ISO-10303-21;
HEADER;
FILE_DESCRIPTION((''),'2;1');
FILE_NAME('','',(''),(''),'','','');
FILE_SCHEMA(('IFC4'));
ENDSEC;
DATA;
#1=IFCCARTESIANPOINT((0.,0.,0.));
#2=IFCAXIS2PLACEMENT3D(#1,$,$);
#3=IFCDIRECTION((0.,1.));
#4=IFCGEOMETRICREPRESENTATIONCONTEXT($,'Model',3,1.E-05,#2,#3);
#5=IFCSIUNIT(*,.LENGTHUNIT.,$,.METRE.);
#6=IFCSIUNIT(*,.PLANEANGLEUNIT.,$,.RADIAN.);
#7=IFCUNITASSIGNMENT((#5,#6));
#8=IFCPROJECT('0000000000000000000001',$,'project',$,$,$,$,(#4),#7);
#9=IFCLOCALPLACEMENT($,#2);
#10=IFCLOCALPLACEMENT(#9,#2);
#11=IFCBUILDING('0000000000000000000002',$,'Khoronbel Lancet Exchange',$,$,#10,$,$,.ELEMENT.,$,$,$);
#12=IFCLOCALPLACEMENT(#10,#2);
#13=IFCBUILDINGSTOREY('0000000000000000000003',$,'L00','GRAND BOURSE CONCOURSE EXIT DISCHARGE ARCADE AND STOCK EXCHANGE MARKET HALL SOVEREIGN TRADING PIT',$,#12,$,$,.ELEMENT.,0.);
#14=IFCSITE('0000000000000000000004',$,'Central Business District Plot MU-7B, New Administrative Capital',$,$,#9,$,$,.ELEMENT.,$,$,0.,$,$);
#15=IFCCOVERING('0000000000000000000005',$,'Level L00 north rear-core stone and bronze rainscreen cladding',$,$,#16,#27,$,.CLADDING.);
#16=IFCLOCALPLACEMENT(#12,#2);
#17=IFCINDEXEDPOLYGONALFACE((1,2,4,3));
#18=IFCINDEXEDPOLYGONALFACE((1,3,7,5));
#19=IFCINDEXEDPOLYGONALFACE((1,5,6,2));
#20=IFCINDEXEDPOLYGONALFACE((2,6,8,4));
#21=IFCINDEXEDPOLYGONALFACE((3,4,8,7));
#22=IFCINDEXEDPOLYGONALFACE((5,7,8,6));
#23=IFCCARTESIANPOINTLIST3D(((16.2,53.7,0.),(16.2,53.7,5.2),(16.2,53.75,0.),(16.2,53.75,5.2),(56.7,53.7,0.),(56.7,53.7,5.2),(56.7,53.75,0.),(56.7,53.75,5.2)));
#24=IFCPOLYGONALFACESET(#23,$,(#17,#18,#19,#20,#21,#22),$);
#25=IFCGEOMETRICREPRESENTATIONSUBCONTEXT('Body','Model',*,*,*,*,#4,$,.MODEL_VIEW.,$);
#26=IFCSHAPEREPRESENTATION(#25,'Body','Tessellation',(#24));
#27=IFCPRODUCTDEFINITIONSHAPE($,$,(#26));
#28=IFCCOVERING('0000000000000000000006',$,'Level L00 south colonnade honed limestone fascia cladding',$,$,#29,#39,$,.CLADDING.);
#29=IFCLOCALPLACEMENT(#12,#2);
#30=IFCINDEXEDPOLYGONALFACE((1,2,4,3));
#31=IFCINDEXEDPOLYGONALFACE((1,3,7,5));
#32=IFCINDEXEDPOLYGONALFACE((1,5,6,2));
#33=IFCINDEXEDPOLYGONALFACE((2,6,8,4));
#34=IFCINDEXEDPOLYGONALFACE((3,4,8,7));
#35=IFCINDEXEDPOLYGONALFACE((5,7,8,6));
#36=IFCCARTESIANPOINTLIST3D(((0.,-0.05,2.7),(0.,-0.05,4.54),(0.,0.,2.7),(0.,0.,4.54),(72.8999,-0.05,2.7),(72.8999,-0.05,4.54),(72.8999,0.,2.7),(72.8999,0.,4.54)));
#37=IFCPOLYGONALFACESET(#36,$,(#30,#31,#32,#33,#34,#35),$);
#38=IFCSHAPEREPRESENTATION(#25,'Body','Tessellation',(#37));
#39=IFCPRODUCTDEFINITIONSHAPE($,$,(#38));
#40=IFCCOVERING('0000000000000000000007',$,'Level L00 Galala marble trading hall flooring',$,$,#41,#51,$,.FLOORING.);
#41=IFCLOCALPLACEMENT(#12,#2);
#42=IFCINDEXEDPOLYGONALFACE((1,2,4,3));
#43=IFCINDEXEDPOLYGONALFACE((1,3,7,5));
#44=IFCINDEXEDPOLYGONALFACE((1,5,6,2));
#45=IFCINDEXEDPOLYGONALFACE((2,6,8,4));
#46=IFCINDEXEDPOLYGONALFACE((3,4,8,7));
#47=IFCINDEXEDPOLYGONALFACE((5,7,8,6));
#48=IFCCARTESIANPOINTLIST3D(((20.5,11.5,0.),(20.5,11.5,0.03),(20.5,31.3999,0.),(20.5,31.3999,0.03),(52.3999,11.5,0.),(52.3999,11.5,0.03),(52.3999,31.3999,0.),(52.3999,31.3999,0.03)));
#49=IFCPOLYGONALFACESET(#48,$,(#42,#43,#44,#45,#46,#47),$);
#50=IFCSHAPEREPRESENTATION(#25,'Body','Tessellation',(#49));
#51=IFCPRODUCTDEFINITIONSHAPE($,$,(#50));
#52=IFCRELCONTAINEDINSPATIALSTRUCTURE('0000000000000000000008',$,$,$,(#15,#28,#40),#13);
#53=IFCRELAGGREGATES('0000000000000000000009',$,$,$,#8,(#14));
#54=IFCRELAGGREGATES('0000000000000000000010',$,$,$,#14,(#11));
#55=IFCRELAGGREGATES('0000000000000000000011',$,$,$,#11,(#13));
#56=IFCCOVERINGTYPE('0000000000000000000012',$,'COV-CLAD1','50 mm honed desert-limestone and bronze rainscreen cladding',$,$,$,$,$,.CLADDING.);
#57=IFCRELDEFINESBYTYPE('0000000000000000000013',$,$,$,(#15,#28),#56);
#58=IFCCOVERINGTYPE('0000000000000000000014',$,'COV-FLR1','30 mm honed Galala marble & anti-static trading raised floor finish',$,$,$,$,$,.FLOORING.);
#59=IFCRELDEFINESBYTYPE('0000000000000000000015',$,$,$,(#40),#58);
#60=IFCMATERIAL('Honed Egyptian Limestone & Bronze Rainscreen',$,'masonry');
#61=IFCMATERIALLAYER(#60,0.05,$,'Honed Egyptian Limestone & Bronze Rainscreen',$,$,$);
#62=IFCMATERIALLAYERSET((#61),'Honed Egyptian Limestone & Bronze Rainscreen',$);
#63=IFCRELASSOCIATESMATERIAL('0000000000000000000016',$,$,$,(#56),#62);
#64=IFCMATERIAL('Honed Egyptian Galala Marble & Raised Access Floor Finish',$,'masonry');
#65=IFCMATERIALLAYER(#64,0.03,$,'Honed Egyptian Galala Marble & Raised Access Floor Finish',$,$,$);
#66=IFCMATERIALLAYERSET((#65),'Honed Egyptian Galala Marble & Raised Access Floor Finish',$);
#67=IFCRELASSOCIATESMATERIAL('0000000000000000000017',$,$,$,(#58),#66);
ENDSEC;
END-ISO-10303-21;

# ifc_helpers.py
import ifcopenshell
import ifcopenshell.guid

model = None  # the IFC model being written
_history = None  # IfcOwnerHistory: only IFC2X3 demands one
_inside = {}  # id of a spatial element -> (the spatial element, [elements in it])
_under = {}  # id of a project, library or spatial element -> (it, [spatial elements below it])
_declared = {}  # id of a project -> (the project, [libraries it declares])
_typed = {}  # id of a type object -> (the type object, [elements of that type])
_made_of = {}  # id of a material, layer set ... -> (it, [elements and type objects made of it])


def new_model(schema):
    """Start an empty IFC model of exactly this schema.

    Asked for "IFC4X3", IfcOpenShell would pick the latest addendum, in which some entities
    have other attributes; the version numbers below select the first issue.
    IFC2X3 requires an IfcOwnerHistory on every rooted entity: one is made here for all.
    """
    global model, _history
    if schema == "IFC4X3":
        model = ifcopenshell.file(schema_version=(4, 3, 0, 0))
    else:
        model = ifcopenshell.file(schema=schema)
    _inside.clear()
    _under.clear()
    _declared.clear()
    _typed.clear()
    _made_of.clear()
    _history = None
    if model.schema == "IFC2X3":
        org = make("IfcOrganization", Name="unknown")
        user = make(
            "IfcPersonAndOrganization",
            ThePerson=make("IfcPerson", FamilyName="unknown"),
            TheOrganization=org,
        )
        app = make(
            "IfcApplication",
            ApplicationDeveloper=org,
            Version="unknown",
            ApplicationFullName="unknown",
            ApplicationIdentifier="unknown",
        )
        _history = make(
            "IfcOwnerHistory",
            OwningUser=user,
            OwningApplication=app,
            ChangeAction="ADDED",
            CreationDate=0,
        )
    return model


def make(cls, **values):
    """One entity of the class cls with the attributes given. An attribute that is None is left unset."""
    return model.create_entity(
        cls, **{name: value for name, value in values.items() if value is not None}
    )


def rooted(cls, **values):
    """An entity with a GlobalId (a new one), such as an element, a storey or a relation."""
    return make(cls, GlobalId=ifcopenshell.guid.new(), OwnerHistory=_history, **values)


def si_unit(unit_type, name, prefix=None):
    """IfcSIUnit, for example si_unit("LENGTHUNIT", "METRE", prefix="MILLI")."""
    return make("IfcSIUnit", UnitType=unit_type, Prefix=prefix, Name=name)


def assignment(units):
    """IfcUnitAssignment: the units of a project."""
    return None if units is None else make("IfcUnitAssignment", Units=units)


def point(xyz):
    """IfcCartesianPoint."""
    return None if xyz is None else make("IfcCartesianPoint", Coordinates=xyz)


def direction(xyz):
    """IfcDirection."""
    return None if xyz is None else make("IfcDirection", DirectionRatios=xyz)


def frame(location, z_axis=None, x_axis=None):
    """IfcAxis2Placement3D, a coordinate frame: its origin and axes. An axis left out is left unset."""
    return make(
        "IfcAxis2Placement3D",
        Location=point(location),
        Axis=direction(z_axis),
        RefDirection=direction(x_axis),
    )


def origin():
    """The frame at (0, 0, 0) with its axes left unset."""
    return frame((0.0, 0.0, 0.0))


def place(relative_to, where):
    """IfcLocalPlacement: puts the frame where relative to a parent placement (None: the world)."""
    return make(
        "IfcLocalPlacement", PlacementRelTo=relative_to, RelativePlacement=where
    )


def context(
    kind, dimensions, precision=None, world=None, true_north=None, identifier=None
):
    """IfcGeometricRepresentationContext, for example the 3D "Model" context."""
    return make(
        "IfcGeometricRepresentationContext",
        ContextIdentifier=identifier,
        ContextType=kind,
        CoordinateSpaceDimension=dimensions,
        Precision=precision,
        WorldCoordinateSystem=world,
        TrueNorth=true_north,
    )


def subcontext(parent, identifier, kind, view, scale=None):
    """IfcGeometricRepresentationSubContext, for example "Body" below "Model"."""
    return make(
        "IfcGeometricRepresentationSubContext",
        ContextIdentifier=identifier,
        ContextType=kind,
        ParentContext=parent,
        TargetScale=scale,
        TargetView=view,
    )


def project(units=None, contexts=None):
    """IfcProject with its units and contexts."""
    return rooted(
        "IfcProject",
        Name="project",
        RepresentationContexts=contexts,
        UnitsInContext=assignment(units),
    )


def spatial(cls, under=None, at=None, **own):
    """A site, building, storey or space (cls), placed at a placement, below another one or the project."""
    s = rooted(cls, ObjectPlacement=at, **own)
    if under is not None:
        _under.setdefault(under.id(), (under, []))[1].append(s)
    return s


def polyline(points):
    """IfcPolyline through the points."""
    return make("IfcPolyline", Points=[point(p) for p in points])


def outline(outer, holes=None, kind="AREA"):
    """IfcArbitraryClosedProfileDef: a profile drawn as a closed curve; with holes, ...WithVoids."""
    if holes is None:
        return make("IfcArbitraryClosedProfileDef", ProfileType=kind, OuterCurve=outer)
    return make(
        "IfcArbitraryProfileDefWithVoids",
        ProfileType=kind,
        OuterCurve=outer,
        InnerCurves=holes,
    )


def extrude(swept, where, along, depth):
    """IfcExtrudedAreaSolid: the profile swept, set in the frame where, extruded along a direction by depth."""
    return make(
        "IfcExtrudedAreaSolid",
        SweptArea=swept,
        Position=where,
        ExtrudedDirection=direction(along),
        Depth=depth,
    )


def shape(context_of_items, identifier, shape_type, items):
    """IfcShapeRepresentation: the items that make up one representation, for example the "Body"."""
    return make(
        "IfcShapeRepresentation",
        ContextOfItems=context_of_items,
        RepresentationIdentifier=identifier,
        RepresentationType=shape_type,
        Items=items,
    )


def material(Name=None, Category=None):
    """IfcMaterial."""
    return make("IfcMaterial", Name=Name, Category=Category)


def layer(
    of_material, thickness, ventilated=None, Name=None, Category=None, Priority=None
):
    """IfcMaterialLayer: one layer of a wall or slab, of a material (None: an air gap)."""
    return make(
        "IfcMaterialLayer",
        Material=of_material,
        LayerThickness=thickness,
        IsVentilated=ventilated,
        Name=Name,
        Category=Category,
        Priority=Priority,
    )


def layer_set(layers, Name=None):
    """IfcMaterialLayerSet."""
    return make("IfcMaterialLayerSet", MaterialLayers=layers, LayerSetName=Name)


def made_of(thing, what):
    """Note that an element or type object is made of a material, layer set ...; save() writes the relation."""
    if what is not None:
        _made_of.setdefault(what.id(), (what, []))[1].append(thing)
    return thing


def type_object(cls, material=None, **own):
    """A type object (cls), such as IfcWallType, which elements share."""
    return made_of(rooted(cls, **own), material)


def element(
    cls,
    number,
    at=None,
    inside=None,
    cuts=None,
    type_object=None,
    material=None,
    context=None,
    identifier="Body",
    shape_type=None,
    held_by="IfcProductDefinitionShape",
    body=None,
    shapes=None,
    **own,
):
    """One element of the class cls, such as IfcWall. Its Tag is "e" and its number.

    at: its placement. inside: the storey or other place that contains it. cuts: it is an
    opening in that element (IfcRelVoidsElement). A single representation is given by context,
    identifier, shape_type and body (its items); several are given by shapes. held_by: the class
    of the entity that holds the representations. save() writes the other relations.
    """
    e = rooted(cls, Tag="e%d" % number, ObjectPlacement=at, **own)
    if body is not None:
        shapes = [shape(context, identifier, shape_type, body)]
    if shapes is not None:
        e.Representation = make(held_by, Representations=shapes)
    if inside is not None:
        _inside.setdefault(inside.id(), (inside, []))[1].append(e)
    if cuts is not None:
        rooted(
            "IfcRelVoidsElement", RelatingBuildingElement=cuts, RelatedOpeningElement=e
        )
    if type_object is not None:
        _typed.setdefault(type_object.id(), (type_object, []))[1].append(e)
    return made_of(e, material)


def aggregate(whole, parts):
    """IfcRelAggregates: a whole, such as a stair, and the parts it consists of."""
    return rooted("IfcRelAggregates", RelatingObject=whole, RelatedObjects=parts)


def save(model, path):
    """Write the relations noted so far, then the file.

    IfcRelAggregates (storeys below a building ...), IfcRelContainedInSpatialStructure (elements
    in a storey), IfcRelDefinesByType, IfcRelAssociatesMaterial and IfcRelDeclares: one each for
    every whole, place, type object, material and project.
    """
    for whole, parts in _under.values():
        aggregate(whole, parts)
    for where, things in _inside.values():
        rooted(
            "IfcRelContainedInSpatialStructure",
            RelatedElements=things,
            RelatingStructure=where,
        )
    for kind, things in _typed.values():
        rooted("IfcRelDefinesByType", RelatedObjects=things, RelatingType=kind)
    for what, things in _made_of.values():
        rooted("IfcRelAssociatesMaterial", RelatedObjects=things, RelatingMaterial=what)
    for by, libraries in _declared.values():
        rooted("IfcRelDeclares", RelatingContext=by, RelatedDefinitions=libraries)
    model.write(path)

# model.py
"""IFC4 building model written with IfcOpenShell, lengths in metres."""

from ifc_helpers import new_model, si_unit, direction, frame, origin, place, context, subcontext, project, spatial, polyline, outline, extrude, material, layer, layer_set, type_object, element, save


model = new_model("IFC4")

# Units and contexts
model_context = context("Model", 3, precision=1e-05, world=origin(), true_north=direction((0.0, 1.0)))
body_context = subcontext(model_context, "Body", "Model", "MODEL_VIEW")
ifc_project = project(units=[si_unit("LENGTHUNIT", "METRE"), si_unit("PLANEANGLEUNIT", "RADIAN")], contexts=[model_context])

# Site, building, storey
site_placement = place(None, origin())
site = spatial("IfcSite", under=ifc_project, at=site_placement, Name="Central Business District Plot MU-7B, New Administrative Capital", CompositionType="ELEMENT", RefElevation=0.0)
building_placement = place(site_placement, origin())
building = spatial("IfcBuilding", under=site, at=building_placement, Name="Khoronbel Lancet Exchange", CompositionType="ELEMENT")
storey_placement = place(building_placement, origin())
storey = spatial("IfcBuildingStorey", under=building, at=storey_placement, Name="L00", Description="GRAND BOURSE CONCOURSE EXIT DISCHARGE ARCADE AND STOCK EXCHANGE MARKET HALL SOVEREIGN TRADING PIT", CompositionType="ELEMENT", Elevation=0.0)

# Coverings
ifc_material_1 = material(Name="Honed Egyptian Limestone & Bronze Rainscreen", Category="masonry")
ifc_layer_1 = layer(ifc_material_1, 0.05, Name="Honed Egyptian Limestone & Bronze Rainscreen")
ifc_layer_set_1 = layer_set([ifc_layer_1], Name="Honed Egyptian Limestone & Bronze Rainscreen")
covering_type_1 = type_object("IfcCoveringType", Name="COV-CLAD1", Description="50 mm honed desert-limestone and bronze rainscreen cladding", PredefinedType="CLADDING", material=ifc_layer_set_1)
covering_1_placement = place(storey_placement, origin())
element("IfcCovering", 1, at=covering_1_placement, inside=storey, type_object=covering_type_1, Name="Level L00 north rear-core stone and bronze rainscreen cladding", PredefinedType="CLADDING", context=body_context, shape_type="SweptSolid", body=[
    extrude(outline(polyline([(16.2, 53.7), (56.7, 53.7), (56.7, 53.75), (16.2, 53.75), (16.2, 53.7)])), origin(), (0.0, 0.0, 1.0), 5.2),
])
covering_2_placement = place(storey_placement, frame((0.0, 0.0, 2.7)))
element("IfcCovering", 2, at=covering_2_placement, inside=storey, type_object=covering_type_1, Name="Level L00 south colonnade honed limestone fascia cladding", PredefinedType="CLADDING", context=body_context, shape_type="SweptSolid", body=[
    extrude(outline(polyline([(0.0, -0.05), (72.8999, -0.05), (72.8999, 0.0), (0.0, 0.0), (0.0, -0.05)])), origin(), (0.0, 0.0, 1.0), 1.8401),
])
ifc_material_2 = material(Name="Honed Egyptian Galala Marble & Raised Access Floor Finish", Category="masonry")
ifc_layer_2 = layer(ifc_material_2, 0.03, Name="Honed Egyptian Galala Marble & Raised Access Floor Finish")
ifc_layer_set_2 = layer_set([ifc_layer_2], Name="Honed Egyptian Galala Marble & Raised Access Floor Finish")
covering_type_2 = type_object("IfcCoveringType", Name="COV-FLR1", Description="30 mm honed Galala marble & anti-static trading raised floor finish", PredefinedType="FLOORING", material=ifc_layer_set_2)
covering_3_placement = place(storey_placement, origin())
element("IfcCovering", 3, at=covering_3_placement, inside=storey, type_object=covering_type_2, Name="Level L00 Galala marble trading hall flooring", PredefinedType="FLOORING", context=body_context, shape_type="SweptSolid", body=[
    extrude(outline(polyline([(20.5, 11.5), (52.3999, 11.5), (52.3999, 31.3999), (20.5, 31.3999), (20.5, 11.5)])), origin(), (0.0, 0.0, 1.0), 0.03),
])

save(model, "model.ifc")
